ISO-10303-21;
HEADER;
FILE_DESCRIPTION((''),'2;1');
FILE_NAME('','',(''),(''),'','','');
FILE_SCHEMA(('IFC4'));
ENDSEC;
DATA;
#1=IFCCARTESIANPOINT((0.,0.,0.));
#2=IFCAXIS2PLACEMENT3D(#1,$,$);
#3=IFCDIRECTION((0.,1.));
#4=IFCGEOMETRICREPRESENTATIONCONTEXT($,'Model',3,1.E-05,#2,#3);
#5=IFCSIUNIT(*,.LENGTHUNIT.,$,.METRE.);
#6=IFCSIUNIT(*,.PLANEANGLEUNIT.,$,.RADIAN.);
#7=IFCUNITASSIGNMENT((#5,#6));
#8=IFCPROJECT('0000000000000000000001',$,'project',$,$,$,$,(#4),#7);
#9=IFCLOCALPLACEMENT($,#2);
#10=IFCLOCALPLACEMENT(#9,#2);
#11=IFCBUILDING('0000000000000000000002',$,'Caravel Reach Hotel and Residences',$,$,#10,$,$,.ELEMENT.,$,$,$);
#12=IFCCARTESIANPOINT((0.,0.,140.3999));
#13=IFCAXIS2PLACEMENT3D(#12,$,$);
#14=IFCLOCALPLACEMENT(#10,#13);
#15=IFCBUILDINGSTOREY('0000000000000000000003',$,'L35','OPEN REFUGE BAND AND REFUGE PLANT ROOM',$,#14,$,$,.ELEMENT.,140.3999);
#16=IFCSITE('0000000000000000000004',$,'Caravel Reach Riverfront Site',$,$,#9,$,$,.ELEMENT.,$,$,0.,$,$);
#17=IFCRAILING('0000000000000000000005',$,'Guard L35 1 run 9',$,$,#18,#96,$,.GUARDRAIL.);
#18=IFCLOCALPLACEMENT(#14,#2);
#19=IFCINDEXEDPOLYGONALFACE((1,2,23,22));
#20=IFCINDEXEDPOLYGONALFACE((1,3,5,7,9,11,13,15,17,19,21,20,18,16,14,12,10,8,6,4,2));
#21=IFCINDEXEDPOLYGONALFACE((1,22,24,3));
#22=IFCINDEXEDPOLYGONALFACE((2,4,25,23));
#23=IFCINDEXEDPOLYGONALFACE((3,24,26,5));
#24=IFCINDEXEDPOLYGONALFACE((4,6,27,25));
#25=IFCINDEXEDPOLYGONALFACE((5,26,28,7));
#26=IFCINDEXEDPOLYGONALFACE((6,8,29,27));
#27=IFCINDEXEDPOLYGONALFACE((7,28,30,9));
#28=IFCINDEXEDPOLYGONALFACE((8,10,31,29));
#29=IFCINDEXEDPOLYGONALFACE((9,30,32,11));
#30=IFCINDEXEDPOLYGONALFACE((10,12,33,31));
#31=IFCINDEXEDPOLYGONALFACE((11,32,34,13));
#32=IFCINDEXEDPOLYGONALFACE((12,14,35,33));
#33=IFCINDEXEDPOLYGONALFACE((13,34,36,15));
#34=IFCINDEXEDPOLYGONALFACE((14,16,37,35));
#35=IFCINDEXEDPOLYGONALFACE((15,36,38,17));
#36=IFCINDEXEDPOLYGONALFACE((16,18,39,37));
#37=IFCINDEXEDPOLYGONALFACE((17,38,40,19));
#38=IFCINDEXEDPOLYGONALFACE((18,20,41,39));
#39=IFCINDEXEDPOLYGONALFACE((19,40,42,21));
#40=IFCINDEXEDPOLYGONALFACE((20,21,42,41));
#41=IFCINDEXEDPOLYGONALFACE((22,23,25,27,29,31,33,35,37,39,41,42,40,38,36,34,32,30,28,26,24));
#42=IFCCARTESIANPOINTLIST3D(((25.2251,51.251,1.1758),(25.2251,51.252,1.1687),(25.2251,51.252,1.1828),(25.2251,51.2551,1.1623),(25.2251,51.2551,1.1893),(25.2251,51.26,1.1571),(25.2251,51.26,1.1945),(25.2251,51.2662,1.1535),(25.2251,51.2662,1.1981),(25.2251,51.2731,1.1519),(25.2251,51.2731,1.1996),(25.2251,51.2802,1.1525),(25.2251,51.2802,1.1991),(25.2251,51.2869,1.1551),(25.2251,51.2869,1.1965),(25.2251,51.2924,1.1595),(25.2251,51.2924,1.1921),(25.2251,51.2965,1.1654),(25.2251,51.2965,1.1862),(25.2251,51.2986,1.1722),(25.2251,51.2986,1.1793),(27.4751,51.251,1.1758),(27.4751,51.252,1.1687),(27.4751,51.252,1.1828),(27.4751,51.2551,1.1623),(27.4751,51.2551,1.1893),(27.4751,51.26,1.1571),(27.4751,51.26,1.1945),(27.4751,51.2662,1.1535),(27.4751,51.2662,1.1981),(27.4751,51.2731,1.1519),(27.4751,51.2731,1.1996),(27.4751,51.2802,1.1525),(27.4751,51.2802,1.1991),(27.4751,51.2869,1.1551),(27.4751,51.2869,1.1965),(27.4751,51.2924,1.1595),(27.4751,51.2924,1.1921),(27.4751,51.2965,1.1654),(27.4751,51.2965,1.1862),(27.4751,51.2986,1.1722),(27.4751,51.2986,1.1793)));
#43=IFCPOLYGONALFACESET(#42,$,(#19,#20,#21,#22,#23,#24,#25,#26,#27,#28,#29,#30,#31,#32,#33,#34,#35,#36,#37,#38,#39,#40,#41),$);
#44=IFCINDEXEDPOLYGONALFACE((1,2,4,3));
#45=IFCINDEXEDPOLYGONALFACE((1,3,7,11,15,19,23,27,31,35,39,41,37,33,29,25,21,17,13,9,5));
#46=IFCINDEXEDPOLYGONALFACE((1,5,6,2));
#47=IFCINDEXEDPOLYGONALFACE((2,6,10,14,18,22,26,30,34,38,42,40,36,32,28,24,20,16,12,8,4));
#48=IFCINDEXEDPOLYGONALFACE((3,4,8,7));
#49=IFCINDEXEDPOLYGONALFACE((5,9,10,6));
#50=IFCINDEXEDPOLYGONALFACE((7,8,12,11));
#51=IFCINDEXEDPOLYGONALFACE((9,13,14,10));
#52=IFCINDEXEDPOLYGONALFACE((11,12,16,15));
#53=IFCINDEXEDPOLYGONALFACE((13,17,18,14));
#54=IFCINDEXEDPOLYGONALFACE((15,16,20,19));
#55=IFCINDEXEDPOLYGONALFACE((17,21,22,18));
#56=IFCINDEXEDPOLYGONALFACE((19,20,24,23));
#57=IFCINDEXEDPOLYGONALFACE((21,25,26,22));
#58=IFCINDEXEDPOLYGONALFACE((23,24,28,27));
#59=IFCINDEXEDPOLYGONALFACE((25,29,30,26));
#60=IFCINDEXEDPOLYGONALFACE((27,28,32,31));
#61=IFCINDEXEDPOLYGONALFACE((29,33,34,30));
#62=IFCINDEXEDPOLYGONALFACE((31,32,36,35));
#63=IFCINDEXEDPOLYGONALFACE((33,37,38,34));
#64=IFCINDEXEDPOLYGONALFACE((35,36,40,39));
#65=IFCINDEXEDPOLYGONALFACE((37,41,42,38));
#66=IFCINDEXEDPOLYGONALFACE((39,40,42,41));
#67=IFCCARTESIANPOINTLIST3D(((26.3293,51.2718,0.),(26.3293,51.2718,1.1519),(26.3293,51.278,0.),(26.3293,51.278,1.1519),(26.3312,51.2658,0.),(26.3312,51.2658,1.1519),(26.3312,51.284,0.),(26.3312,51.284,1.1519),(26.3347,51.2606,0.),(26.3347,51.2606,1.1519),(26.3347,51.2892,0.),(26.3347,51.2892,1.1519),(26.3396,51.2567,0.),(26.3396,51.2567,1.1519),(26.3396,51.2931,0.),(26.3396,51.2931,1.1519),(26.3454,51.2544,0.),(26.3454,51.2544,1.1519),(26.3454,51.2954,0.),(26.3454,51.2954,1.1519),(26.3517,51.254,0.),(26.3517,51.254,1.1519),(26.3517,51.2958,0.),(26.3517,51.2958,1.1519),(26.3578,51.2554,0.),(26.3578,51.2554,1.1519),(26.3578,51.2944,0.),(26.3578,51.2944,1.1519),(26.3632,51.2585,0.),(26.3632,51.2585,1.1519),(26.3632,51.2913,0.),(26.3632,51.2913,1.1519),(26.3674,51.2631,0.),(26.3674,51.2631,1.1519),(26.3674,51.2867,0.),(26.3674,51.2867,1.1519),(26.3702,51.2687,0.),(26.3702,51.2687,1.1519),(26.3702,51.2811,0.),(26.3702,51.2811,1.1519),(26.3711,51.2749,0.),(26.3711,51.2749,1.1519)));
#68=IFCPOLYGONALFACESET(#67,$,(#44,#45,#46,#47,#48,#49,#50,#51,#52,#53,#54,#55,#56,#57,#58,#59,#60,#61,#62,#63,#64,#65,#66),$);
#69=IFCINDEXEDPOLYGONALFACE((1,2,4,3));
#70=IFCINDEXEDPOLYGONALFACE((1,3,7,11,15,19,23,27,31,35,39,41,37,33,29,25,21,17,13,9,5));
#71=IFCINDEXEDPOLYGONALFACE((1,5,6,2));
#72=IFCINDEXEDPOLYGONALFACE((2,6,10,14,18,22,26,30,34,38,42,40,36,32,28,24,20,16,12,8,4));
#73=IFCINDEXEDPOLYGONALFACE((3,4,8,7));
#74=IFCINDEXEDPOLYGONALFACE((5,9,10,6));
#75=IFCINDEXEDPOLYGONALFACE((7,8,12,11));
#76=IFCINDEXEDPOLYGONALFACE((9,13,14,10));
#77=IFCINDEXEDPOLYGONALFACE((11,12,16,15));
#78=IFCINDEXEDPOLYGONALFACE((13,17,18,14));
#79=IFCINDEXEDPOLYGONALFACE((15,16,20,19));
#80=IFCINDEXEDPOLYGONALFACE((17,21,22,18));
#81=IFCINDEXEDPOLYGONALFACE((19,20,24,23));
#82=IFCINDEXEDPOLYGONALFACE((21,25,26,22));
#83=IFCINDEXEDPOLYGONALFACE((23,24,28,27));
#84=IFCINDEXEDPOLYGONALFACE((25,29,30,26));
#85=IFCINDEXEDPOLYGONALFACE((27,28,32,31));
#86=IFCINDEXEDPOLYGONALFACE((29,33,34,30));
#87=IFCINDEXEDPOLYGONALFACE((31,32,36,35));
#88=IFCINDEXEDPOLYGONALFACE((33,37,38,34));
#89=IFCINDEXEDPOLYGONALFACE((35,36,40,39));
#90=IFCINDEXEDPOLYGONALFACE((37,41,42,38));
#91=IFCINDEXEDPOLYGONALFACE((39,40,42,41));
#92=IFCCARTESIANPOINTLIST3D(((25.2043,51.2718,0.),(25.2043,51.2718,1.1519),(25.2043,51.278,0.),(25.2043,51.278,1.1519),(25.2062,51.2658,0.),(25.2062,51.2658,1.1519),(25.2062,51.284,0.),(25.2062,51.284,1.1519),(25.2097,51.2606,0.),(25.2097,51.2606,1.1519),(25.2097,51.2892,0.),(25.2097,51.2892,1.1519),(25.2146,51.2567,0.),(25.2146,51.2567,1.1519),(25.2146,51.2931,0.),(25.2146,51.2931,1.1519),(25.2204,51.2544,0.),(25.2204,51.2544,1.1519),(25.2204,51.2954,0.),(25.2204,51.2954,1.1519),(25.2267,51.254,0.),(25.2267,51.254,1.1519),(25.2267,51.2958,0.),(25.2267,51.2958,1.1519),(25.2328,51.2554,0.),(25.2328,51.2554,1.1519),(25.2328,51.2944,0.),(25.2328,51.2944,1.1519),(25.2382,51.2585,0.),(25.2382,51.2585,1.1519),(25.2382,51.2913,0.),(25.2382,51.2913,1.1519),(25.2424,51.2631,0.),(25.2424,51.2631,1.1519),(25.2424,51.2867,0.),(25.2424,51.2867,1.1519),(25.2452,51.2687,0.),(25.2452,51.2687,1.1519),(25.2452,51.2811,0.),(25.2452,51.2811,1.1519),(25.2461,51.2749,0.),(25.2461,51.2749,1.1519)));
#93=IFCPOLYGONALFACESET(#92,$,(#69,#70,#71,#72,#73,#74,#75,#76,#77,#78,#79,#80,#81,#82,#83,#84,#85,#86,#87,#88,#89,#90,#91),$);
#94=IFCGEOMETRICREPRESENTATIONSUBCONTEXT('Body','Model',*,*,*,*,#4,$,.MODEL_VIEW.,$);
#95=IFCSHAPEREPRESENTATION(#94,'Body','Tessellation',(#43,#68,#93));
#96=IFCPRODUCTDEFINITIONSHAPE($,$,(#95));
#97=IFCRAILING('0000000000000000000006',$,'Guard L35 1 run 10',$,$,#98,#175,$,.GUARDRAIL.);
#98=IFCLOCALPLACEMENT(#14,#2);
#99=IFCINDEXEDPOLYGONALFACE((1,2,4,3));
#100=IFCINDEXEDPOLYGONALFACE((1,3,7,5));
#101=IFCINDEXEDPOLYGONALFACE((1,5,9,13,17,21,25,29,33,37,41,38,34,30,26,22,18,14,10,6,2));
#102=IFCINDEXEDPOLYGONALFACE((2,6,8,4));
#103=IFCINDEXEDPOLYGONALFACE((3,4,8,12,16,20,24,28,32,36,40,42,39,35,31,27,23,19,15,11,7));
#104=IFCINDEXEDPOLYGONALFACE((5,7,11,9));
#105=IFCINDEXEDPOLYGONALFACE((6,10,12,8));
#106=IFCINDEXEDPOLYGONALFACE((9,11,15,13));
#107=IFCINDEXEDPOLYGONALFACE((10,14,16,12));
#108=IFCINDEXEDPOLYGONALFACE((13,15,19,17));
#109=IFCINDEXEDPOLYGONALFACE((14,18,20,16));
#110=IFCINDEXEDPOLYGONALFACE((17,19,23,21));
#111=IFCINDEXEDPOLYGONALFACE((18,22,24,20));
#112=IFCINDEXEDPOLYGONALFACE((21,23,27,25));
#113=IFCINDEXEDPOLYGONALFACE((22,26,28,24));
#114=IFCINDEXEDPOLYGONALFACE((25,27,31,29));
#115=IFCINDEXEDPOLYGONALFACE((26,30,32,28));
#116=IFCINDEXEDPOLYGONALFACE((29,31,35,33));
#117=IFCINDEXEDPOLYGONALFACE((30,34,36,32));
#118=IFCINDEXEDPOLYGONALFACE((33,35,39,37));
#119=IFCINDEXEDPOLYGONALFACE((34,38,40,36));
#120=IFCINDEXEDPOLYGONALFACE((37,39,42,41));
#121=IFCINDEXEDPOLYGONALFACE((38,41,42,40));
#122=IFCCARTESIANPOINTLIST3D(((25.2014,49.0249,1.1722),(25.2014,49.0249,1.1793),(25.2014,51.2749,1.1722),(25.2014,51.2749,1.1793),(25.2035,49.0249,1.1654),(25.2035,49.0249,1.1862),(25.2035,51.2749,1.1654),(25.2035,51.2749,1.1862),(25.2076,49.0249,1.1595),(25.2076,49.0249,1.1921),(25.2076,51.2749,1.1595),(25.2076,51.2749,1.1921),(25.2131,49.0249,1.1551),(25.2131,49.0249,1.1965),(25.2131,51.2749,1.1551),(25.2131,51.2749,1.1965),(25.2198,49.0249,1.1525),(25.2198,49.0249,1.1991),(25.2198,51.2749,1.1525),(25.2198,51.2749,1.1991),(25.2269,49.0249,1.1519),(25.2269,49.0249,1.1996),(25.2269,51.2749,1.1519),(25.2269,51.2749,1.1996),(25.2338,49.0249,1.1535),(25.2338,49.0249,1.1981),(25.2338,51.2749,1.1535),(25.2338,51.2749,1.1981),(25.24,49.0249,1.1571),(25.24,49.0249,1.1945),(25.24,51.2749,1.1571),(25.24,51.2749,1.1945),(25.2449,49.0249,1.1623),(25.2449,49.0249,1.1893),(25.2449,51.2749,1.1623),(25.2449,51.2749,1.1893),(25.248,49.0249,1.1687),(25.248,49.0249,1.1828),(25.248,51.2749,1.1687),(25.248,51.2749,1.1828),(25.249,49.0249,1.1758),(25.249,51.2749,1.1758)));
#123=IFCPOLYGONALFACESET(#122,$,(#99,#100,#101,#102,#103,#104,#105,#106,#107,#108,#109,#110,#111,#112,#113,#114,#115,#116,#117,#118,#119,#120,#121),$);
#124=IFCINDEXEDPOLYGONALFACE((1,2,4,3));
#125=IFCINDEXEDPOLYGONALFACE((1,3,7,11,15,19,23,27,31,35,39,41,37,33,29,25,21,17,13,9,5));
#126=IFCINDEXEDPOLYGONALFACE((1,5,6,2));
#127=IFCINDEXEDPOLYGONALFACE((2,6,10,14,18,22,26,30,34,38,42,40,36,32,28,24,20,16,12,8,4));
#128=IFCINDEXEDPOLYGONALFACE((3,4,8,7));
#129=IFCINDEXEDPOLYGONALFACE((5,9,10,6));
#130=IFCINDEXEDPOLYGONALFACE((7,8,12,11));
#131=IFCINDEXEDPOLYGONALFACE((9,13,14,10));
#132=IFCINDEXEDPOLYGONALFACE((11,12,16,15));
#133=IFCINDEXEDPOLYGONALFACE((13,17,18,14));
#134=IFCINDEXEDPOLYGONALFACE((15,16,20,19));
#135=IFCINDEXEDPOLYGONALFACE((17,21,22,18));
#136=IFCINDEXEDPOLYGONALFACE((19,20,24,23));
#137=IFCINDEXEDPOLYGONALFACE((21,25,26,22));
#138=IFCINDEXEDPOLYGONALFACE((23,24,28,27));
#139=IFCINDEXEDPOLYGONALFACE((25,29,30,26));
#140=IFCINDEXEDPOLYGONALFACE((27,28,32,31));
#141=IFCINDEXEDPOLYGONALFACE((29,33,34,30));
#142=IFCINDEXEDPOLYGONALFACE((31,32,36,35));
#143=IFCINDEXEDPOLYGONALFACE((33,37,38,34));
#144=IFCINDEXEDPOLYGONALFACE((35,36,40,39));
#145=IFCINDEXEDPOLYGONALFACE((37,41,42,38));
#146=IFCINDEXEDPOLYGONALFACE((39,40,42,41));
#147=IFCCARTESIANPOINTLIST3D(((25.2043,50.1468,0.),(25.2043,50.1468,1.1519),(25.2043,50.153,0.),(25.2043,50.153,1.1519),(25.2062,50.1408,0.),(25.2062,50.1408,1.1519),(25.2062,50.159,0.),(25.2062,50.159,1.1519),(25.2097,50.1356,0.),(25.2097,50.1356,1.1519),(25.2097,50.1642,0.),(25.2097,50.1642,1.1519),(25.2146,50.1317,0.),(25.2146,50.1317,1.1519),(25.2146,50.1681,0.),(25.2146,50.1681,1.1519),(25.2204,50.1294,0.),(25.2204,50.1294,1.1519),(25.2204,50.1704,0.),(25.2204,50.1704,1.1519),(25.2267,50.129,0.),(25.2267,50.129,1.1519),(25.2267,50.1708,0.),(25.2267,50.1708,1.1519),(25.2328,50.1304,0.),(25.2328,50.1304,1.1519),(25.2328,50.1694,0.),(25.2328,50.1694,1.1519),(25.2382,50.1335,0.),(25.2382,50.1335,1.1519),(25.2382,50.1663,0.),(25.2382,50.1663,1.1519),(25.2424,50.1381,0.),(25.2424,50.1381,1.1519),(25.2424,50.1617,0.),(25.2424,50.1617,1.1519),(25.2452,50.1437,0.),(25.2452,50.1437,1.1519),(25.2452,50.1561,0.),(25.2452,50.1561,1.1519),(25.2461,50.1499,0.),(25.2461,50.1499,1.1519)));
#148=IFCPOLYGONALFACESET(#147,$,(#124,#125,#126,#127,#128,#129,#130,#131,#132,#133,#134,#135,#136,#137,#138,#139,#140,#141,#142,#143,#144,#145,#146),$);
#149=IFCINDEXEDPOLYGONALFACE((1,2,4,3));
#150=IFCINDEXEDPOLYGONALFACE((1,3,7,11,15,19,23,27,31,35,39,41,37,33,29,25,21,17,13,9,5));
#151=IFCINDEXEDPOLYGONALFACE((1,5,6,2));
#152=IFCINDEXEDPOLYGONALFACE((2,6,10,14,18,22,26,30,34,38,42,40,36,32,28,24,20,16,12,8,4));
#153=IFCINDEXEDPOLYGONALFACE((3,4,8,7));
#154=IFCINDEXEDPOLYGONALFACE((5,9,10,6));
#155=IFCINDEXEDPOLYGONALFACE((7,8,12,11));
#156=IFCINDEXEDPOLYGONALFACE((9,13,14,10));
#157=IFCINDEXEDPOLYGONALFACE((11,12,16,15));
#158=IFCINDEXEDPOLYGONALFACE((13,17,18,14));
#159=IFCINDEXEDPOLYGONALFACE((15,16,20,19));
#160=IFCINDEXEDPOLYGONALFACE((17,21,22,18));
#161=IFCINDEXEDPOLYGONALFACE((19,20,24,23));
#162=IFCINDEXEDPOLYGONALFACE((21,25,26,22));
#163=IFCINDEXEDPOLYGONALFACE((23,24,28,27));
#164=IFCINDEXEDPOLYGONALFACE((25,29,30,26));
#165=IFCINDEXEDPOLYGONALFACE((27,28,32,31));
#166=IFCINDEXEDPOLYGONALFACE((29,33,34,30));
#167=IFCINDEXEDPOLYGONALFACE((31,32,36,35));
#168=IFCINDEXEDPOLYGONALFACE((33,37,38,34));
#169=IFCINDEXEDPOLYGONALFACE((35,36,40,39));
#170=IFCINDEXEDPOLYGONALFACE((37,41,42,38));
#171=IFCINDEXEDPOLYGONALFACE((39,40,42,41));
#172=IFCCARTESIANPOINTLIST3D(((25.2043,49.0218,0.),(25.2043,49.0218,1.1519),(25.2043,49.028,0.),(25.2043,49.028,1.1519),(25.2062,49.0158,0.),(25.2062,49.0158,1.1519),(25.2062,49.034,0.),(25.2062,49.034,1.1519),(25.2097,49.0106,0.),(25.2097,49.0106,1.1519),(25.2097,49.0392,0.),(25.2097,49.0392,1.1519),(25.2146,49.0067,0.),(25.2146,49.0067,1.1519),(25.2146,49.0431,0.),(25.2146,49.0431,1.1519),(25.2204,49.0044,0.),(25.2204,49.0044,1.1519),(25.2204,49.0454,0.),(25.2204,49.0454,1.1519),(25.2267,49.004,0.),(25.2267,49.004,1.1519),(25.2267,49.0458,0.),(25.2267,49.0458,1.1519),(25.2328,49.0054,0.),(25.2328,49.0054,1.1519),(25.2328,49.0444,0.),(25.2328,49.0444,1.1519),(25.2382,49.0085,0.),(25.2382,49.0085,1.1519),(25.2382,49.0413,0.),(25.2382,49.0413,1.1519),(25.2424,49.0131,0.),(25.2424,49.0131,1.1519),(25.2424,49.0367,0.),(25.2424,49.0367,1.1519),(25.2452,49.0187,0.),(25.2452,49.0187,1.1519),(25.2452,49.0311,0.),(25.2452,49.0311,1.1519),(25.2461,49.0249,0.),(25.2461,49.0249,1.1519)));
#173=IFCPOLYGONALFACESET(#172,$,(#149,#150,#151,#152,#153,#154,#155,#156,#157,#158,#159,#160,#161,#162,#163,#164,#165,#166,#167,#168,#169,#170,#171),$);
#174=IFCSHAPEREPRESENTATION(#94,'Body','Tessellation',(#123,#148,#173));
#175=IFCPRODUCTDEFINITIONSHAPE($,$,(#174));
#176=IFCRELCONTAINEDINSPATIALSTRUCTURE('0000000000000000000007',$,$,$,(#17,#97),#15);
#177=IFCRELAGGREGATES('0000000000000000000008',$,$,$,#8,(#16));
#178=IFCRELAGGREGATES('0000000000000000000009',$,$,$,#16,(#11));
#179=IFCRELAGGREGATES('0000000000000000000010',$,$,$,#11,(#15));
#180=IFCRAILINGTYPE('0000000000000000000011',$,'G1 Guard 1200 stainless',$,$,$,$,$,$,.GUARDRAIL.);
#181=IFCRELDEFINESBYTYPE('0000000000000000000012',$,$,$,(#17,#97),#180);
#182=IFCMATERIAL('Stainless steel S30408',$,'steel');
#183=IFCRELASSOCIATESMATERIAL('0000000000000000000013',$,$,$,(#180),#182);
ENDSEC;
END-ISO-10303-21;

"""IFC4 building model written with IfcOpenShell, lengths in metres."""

from ifc_helpers import new_model, si_unit, direction, frame, origin, origin_2d, place, context, subcontext, project, spatial, circle, extrude, material, type_object, element, save


model = new_model("IFC4")

# Units and contexts
model_context = context("Model", 3, precision=1e-05, world=origin(), true_north=direction((0.0, 1.0)))
body_context = subcontext(model_context, "Body", "Model", "MODEL_VIEW")
ifc_project = project(units=[si_unit("LENGTHUNIT", "METRE"), si_unit("PLANEANGLEUNIT", "RADIAN")], contexts=[model_context])

# Site, building, storey
site_placement = place(None, origin())
site = spatial("IfcSite", under=ifc_project, at=site_placement, Name="Caravel Reach Riverfront Site", CompositionType="ELEMENT", RefElevation=0.0)
building_placement = place(site_placement, origin())
building = spatial("IfcBuilding", under=site, at=building_placement, Name="Caravel Reach Hotel and Residences", CompositionType="ELEMENT")
storey_placement = place(building_placement, frame((0.0, 0.0, 140.3999)))
storey = spatial("IfcBuildingStorey", under=building, at=storey_placement, Name="L35", Description="OPEN REFUGE BAND AND REFUGE PLANT ROOM", CompositionType="ELEMENT", Elevation=140.3999)

# Railings
ifc_material_1 = material(Name="Stainless steel S30408", Category="steel")
railing_type = type_object("IfcRailingType", Name="G1 Guard 1200 stainless", PredefinedType="GUARDRAIL", material=ifc_material_1)
railing_1_placement = place(storey_placement, frame((27.4751, 51.2749, 0.0)))
element("IfcRailing", 1, at=railing_1_placement, inside=storey, type_object=railing_type, Name="Guard L35 1 run 9", PredefinedType="GUARDRAIL", context=body_context, shape_type="SweptSolid", body=[
    extrude(circle(Radius=0.0239, at=origin_2d()), frame((0.0, 0.0, 1.1758), z_axis=(-1.0, 0.0, 0.0), x_axis=(0.0, -1.0, 0.0)), (0.0, 0.0, 1.0), 2.25),
    extrude(circle(Radius=0.021, at=origin_2d()), frame((-1.125, 0.0, 0.0)), (0.0, 0.0, 1.0), 1.1519),
    extrude(circle(Radius=0.021, at=origin_2d()), frame((-2.25, 0.0, 0.0)), (0.0, 0.0, 1.0), 1.1519),
])
railing_2_placement = place(storey_placement, frame((25.2251, 51.2749, 0.0)))
element("IfcRailing", 2, at=railing_2_placement, inside=storey, type_object=railing_type, Name="Guard L35 1 run 10", PredefinedType="GUARDRAIL", context=body_context, shape_type="SweptSolid", body=[
    extrude(circle(Radius=0.0239, at=origin_2d()), frame((0.0, 0.0, 1.1758), z_axis=(0.0, -1.0, 0.0), x_axis=(1.0, 0.0, 0.0)), (0.0, 0.0, 1.0), 2.25),
    extrude(circle(Radius=0.021, at=origin_2d()), frame((0.0, -1.125, 0.0)), (0.0, 0.0, 1.0), 1.1519),
    extrude(circle(Radius=0.021, at=origin_2d()), frame((0.0, -2.25, 0.0)), (0.0, 0.0, 1.0), 1.1519),
])

save(model, "model.ifc")
